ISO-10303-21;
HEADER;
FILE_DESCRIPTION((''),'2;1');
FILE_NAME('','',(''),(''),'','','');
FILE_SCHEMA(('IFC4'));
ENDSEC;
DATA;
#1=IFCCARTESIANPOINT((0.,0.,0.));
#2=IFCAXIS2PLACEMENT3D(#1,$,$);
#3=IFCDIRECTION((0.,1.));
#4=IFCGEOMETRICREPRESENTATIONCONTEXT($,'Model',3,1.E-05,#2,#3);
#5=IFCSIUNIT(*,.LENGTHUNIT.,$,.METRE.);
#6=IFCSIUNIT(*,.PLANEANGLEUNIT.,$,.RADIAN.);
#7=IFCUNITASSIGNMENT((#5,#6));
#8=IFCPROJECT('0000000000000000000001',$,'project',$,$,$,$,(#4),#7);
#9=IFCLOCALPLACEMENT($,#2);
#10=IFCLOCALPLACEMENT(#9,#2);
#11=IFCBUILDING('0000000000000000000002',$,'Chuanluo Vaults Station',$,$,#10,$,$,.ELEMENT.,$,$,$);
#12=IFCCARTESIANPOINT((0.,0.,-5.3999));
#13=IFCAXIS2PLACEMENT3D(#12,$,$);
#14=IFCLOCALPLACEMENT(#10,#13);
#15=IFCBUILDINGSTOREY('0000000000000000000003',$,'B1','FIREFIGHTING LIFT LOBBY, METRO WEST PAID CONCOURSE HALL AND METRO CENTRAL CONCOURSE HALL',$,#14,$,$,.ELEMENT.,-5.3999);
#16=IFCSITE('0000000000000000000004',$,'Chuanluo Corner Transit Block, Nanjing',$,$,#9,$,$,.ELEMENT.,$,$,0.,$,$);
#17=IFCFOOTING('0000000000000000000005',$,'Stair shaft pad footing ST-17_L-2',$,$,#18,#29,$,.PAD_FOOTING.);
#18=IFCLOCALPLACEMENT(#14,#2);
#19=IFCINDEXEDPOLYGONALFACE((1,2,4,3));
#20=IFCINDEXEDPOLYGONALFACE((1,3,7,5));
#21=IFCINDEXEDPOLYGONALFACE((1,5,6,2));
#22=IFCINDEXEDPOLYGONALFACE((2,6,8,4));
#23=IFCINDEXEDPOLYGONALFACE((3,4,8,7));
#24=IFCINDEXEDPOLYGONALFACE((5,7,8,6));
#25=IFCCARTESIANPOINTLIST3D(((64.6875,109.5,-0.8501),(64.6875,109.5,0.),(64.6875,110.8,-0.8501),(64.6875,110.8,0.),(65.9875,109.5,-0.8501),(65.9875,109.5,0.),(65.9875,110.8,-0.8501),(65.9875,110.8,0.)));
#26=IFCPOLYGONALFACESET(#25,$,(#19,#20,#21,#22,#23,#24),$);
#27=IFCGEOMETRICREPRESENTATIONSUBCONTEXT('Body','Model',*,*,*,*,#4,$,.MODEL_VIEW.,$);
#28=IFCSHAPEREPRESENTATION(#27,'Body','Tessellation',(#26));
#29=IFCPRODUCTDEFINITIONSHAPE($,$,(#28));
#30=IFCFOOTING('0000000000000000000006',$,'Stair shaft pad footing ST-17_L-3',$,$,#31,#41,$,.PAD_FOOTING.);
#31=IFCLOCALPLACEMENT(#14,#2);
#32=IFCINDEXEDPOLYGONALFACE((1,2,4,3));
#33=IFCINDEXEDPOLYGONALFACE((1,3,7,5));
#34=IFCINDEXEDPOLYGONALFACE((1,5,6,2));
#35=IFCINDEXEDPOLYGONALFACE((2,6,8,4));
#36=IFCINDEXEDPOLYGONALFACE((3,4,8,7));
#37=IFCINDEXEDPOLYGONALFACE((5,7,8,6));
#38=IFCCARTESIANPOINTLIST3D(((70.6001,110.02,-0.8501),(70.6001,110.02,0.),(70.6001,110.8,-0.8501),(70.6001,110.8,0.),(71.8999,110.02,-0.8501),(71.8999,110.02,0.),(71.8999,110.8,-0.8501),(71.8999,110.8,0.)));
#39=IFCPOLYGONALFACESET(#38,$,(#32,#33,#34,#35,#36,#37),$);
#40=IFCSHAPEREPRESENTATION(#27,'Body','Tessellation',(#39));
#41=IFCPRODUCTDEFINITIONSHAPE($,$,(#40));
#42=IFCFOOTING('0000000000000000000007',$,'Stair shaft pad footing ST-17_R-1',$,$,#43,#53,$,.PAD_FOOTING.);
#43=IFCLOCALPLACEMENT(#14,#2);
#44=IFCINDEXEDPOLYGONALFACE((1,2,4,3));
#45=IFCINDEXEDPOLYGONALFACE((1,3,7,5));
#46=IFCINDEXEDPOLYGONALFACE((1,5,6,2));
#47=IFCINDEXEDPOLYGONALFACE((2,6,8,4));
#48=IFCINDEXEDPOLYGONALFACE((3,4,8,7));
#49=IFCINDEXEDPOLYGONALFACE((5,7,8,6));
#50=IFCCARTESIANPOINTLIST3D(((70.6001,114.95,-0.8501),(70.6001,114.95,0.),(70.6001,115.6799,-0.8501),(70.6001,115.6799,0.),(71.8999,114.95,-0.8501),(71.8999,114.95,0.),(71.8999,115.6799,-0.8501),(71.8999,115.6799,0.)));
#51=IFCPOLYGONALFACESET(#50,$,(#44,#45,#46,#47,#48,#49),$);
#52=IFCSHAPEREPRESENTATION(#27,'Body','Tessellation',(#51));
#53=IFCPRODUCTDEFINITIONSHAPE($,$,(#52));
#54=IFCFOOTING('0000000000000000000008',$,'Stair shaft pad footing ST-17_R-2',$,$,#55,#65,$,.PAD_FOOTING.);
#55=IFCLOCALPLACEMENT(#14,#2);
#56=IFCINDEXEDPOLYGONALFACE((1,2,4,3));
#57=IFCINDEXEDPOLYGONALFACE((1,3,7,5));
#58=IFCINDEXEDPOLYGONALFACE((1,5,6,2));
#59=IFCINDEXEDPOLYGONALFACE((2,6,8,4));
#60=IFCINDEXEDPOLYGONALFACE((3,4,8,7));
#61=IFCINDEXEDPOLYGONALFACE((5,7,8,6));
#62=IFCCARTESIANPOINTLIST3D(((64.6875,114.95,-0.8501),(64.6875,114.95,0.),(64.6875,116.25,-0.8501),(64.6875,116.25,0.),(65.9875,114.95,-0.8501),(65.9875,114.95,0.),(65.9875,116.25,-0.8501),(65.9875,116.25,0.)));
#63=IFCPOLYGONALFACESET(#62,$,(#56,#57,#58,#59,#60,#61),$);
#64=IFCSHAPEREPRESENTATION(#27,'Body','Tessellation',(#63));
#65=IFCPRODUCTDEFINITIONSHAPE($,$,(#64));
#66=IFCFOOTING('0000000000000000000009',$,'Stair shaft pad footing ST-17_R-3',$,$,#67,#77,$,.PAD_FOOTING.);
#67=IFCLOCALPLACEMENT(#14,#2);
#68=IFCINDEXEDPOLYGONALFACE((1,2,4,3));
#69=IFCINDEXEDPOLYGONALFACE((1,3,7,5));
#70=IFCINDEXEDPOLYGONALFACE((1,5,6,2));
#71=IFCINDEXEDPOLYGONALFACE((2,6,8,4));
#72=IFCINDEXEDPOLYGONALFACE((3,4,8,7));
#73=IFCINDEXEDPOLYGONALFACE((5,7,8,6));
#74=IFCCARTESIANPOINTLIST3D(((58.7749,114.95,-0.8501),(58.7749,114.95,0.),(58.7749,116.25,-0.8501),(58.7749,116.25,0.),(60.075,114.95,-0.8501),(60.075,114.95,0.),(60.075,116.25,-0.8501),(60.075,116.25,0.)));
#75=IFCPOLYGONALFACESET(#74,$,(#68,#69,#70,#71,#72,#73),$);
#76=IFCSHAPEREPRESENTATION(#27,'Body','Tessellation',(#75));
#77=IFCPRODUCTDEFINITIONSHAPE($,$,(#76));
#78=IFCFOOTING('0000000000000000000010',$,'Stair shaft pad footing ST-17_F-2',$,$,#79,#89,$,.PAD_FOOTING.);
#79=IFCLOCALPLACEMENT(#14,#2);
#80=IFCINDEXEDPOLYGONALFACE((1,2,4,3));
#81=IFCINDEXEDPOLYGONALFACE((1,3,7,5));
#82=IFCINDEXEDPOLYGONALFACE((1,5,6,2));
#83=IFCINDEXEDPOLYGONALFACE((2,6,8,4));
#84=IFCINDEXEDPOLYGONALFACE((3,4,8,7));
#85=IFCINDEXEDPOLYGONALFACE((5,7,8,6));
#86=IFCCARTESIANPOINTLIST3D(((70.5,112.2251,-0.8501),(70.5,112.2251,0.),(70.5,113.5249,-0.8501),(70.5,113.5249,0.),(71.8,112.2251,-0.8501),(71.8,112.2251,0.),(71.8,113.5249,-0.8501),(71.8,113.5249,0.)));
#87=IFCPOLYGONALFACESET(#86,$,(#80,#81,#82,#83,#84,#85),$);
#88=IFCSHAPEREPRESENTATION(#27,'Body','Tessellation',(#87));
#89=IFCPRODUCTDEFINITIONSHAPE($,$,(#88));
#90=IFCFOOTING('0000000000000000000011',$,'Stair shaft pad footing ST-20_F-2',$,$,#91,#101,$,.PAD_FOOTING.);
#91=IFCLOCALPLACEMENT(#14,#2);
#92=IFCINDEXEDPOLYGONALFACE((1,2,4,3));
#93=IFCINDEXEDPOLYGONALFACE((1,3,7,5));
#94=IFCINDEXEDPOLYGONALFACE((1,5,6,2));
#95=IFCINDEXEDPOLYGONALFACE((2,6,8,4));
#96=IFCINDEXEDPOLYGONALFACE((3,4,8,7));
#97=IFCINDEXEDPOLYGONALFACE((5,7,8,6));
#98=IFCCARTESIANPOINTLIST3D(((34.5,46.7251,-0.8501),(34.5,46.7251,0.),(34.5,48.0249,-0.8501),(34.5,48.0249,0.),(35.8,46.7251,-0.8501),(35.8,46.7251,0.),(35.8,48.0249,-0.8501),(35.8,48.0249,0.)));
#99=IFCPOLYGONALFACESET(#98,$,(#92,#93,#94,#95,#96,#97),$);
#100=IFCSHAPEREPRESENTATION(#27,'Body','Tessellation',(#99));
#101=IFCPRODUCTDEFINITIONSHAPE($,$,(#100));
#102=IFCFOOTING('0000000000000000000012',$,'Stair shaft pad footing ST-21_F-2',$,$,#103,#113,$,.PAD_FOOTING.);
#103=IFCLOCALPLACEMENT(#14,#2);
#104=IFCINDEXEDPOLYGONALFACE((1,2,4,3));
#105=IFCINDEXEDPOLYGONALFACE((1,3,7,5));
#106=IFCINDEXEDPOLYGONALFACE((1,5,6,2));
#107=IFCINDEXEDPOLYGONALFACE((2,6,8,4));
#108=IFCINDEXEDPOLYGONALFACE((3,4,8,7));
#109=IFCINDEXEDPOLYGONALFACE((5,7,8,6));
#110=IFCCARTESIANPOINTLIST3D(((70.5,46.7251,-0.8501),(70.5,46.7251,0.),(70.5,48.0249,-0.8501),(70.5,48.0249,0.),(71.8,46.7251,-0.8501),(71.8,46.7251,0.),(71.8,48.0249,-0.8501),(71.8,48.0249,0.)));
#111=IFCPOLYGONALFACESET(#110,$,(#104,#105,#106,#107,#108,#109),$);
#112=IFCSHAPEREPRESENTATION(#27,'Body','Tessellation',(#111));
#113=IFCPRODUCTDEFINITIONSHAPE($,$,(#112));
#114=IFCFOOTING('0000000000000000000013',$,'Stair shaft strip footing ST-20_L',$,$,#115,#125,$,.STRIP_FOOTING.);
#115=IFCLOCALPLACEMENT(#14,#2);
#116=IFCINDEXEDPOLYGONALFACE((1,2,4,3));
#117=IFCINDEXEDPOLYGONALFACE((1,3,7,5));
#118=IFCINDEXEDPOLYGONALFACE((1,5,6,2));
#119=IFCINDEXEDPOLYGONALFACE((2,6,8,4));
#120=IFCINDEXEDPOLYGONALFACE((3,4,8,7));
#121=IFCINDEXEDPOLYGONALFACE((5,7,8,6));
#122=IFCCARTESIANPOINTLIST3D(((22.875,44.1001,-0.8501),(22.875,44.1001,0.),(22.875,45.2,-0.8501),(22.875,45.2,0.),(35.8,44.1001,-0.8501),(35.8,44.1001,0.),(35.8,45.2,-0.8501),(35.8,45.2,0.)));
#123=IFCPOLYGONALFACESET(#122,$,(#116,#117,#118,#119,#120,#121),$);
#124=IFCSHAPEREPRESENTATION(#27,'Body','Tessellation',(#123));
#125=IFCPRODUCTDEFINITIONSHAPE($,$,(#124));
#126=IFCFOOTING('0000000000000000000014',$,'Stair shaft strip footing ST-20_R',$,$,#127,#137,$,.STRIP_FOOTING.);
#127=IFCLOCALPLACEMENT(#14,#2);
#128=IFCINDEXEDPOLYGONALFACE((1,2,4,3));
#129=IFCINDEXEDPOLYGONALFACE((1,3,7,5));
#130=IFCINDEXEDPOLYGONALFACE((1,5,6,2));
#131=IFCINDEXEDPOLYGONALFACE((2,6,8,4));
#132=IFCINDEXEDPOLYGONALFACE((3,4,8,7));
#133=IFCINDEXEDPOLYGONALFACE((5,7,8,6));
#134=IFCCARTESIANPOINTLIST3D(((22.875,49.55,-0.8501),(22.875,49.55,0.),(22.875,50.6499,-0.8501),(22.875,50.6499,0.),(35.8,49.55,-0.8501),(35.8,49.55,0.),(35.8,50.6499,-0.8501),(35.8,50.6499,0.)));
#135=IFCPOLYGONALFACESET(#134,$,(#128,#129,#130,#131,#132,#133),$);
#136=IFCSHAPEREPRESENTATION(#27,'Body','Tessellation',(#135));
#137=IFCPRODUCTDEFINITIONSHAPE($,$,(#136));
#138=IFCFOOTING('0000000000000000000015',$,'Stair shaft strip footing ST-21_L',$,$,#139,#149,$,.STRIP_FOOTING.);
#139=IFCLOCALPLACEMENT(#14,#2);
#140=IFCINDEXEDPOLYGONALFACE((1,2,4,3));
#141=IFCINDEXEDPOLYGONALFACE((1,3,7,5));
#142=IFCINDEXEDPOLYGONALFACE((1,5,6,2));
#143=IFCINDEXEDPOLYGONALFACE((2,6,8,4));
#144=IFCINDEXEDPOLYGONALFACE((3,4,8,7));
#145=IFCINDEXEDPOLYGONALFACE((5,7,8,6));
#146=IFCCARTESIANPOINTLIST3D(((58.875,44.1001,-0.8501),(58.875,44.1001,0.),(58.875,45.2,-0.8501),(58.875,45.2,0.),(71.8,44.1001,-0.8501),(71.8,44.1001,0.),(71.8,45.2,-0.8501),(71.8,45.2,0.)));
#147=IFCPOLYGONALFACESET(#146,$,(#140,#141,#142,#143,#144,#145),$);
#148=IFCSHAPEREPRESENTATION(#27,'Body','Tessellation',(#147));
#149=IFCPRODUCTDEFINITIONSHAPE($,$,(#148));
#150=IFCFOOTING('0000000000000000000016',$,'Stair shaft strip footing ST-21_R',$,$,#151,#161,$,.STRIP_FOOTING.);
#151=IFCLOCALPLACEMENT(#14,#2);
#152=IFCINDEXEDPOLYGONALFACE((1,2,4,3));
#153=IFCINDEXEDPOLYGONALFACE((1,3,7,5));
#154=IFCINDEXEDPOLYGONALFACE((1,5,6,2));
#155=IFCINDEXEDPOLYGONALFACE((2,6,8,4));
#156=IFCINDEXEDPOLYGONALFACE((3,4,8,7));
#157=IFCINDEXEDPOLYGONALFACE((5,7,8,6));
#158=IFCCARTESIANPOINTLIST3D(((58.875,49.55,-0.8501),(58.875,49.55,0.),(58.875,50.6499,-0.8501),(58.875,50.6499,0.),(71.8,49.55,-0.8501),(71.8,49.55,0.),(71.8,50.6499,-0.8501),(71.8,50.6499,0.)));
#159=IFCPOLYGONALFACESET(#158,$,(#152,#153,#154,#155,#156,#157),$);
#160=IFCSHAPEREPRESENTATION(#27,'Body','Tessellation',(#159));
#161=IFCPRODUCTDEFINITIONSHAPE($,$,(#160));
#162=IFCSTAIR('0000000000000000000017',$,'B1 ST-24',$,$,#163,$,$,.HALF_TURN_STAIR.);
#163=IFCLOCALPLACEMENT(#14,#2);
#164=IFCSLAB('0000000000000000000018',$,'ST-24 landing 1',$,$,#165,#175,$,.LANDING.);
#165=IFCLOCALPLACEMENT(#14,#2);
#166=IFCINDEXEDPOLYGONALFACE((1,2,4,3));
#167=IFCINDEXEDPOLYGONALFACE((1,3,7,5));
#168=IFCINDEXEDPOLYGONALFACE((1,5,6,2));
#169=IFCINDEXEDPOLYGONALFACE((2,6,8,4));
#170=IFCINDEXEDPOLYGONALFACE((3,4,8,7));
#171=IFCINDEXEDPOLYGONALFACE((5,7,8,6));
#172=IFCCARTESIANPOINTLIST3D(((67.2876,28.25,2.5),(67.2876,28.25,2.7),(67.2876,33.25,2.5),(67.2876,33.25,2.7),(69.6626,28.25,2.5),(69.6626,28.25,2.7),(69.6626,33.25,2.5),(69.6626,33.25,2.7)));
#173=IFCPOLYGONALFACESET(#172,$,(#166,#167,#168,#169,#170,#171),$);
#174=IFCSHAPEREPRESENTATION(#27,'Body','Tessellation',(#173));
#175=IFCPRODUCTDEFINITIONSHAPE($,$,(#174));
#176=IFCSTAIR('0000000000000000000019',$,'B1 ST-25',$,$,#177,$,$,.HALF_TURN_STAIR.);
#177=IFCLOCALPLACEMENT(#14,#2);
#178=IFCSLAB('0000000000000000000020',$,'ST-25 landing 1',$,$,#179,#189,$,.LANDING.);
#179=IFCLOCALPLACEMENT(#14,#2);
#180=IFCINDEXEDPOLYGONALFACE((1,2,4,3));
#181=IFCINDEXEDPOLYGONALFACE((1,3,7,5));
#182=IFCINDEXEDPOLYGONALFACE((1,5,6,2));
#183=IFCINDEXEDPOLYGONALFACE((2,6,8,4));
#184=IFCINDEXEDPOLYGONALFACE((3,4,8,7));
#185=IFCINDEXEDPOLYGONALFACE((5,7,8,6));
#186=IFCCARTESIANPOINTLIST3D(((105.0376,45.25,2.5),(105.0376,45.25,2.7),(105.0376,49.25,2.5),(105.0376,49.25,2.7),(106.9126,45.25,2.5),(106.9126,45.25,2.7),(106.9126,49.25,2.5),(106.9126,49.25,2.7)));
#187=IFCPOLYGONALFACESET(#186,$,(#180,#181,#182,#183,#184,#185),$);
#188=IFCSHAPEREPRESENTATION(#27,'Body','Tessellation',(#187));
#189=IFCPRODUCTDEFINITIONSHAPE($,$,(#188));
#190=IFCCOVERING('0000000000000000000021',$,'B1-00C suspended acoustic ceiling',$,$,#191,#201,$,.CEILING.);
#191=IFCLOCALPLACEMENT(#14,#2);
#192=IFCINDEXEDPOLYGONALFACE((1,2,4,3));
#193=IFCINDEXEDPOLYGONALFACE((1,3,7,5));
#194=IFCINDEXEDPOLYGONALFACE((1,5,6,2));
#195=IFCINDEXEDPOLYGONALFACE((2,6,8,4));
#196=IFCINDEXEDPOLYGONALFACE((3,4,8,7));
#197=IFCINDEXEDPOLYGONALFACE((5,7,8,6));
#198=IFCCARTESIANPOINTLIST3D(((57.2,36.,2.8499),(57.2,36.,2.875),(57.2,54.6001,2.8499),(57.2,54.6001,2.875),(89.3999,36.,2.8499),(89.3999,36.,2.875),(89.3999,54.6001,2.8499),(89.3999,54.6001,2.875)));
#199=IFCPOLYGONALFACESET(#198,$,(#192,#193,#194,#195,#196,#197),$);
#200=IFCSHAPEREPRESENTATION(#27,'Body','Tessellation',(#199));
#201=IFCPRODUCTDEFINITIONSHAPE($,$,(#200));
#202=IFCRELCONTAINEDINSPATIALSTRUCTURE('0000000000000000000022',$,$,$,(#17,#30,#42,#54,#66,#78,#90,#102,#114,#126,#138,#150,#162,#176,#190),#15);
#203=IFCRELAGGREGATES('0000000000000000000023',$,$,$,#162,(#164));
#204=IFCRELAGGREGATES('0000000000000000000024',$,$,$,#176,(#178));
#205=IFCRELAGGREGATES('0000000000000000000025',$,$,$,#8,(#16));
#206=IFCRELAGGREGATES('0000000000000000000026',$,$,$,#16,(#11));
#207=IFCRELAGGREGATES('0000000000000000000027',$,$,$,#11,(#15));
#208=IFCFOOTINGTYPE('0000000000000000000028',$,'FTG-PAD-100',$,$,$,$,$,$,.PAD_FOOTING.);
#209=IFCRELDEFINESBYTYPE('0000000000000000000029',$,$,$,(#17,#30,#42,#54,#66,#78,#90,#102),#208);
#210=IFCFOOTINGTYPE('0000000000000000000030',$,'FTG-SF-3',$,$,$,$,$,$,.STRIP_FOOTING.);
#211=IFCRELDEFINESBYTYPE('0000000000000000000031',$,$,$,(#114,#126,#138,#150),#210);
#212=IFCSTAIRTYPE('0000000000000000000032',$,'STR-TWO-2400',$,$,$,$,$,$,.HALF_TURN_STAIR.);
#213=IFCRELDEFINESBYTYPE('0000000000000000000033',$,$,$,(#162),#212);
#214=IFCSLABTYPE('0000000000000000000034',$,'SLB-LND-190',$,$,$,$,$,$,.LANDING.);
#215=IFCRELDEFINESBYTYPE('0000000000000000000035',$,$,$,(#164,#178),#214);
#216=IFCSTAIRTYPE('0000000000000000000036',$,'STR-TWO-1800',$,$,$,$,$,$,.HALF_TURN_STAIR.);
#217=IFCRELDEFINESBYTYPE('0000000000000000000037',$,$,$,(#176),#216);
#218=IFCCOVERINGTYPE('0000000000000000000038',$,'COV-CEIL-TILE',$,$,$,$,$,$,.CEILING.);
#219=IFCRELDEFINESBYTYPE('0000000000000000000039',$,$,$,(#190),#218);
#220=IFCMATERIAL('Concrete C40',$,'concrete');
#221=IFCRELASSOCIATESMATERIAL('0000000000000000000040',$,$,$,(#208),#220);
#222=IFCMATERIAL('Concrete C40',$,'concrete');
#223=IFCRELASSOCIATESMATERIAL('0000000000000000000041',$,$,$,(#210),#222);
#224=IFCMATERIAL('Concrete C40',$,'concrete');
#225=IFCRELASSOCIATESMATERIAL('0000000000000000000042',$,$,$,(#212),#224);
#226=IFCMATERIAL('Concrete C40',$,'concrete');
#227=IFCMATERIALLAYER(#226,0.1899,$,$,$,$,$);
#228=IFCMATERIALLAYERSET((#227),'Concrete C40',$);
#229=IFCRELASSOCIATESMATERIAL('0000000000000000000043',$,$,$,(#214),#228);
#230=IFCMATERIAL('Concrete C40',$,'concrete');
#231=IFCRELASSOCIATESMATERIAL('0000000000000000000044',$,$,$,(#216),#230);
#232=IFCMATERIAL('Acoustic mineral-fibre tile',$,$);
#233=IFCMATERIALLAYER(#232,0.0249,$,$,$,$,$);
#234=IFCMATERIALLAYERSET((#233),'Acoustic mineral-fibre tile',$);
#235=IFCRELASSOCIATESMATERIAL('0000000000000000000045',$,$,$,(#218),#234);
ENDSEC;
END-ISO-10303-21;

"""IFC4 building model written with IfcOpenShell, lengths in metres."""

from ifc_helpers import new_model, si_unit, direction, frame, origin, place, context, subcontext, project, spatial, polyline, outline, extrude, material, layer, layer_set, type_object, element, aggregate, save


model = new_model("IFC4")

# Units and contexts
model_context = context("Model", 3, precision=1e-05, world=origin(), true_north=direction((0.0, 1.0)))
body_context = subcontext(model_context, "Body", "Model", "MODEL_VIEW")
ifc_project = project(units=[si_unit("LENGTHUNIT", "METRE"), si_unit("PLANEANGLEUNIT", "RADIAN")], contexts=[model_context])

# Site, building, storey
site_placement = place(None, origin())
site = spatial("IfcSite", under=ifc_project, at=site_placement, Name="Chuanluo Corner Transit Block, Nanjing", CompositionType="ELEMENT", RefElevation=0.0)
building_placement = place(site_placement, origin())
building = spatial("IfcBuilding", under=site, at=building_placement, Name="Chuanluo Vaults Station", CompositionType="ELEMENT")
storey_placement = place(building_placement, frame((0.0, 0.0, -5.3999)))
storey = spatial("IfcBuildingStorey", under=building, at=storey_placement, Name="B1", Description="FIREFIGHTING LIFT LOBBY, METRO WEST PAID CONCOURSE HALL AND METRO CENTRAL CONCOURSE HALL", CompositionType="ELEMENT", Elevation=-5.3999)

# Footings
ifc_material_1 = material(Name="Concrete C40", Category="concrete")
footing_type_1 = type_object("IfcFootingType", Name="FTG-PAD-100", PredefinedType="PAD_FOOTING", material=ifc_material_1)
footing_1_placement = place(storey_placement, frame((0.0, 0.0, -0.8501)))
element("IfcFooting", 1, at=footing_1_placement, inside=storey, type_object=footing_type_1, Name="Stair shaft pad footing ST-17_L-2", PredefinedType="PAD_FOOTING", context=body_context, shape_type="SweptSolid", body=[
    extrude(outline(polyline([(64.6875, 109.5), (65.9875, 109.5), (65.9875, 110.8), (64.6875, 110.8), (64.6875, 109.5)])), origin(), (0.0, 0.0, 1.0), 0.8501),
])
footing_2_placement = place(storey_placement, frame((0.0, 0.0, -0.8501)))
element("IfcFooting", 2, at=footing_2_placement, inside=storey, type_object=footing_type_1, Name="Stair shaft pad footing ST-17_L-3", PredefinedType="PAD_FOOTING", context=body_context, shape_type="SweptSolid", body=[
    extrude(outline(polyline([(70.6001, 110.02), (71.8999, 110.02), (71.8999, 110.8), (70.6001, 110.8), (70.6001, 110.02)])), origin(), (0.0, 0.0, 1.0), 0.8501),
])
footing_3_placement = place(storey_placement, frame((0.0, 0.0, -0.8501)))
element("IfcFooting", 3, at=footing_3_placement, inside=storey, type_object=footing_type_1, Name="Stair shaft pad footing ST-17_R-1", PredefinedType="PAD_FOOTING", context=body_context, shape_type="SweptSolid", body=[
    extrude(outline(polyline([(70.6001, 114.95), (71.8999, 114.95), (71.8999, 115.6799), (70.6001, 115.6799), (70.6001, 114.95)])), origin(), (0.0, 0.0, 1.0), 0.8501),
])
footing_4_placement = place(storey_placement, frame((0.0, 0.0, -0.8501)))
element("IfcFooting", 4, at=footing_4_placement, inside=storey, type_object=footing_type_1, Name="Stair shaft pad footing ST-17_R-2", PredefinedType="PAD_FOOTING", context=body_context, shape_type="SweptSolid", body=[
    extrude(outline(polyline([(64.6875, 114.95), (65.9875, 114.95), (65.9875, 116.25), (64.6875, 116.25), (64.6875, 114.95)])), origin(), (0.0, 0.0, 1.0), 0.8501),
])
footing_5_placement = place(storey_placement, frame((0.0, 0.0, -0.8501)))
element("IfcFooting", 5, at=footing_5_placement, inside=storey, type_object=footing_type_1, Name="Stair shaft pad footing ST-17_R-3", PredefinedType="PAD_FOOTING", context=body_context, shape_type="SweptSolid", body=[
    extrude(outline(polyline([(58.7749, 114.95), (60.075, 114.95), (60.075, 116.25), (58.7749, 116.25), (58.7749, 114.95)])), origin(), (0.0, 0.0, 1.0), 0.8501),
])
footing_6_placement = place(storey_placement, frame((0.0, 0.0, -0.8501)))
element("IfcFooting", 6, at=footing_6_placement, inside=storey, type_object=footing_type_1, Name="Stair shaft pad footing ST-17_F-2", PredefinedType="PAD_FOOTING", context=body_context, shape_type="SweptSolid", body=[
    extrude(outline(polyline([(70.5, 112.2251), (71.8, 112.2251), (71.8, 113.5249), (70.5, 113.5249), (70.5, 112.2251)])), origin(), (0.0, 0.0, 1.0), 0.8501),
])
footing_7_placement = place(storey_placement, frame((0.0, 0.0, -0.8501)))
element("IfcFooting", 7, at=footing_7_placement, inside=storey, type_object=footing_type_1, Name="Stair shaft pad footing ST-20_F-2", PredefinedType="PAD_FOOTING", context=body_context, shape_type="SweptSolid", body=[
    extrude(outline(polyline([(34.5, 46.7251), (35.8, 46.7251), (35.8, 48.0249), (34.5, 48.0249), (34.5, 46.7251)])), origin(), (0.0, 0.0, 1.0), 0.8501),
])
footing_8_placement = place(storey_placement, frame((0.0, 0.0, -0.8501)))
element("IfcFooting", 8, at=footing_8_placement, inside=storey, type_object=footing_type_1, Name="Stair shaft pad footing ST-21_F-2", PredefinedType="PAD_FOOTING", context=body_context, shape_type="SweptSolid", body=[
    extrude(outline(polyline([(70.5, 46.7251), (71.8, 46.7251), (71.8, 48.0249), (70.5, 48.0249), (70.5, 46.7251)])), origin(), (0.0, 0.0, 1.0), 0.8501),
])
ifc_material_2 = material(Name="Concrete C40", Category="concrete")
footing_type_2 = type_object("IfcFootingType", Name="FTG-SF-3", PredefinedType="STRIP_FOOTING", material=ifc_material_2)
footing_9_placement = place(storey_placement, frame((0.0, 0.0, -0.8501)))
element("IfcFooting", 9, at=footing_9_placement, inside=storey, type_object=footing_type_2, Name="Stair shaft strip footing ST-20_L", PredefinedType="STRIP_FOOTING", context=body_context, shape_type="SweptSolid", body=[
    extrude(outline(polyline([(22.875, 44.1001), (35.8, 44.1001), (35.8, 45.2), (22.875, 45.2), (22.875, 44.1001)])), origin(), (0.0, 0.0, 1.0), 0.8501),
])
footing_10_placement = place(storey_placement, frame((0.0, 0.0, -0.8501)))
element("IfcFooting", 10, at=footing_10_placement, inside=storey, type_object=footing_type_2, Name="Stair shaft strip footing ST-20_R", PredefinedType="STRIP_FOOTING", context=body_context, shape_type="SweptSolid", body=[
    extrude(outline(polyline([(22.875, 49.55), (35.8, 49.55), (35.8, 50.6499), (22.875, 50.6499), (22.875, 49.55)])), origin(), (0.0, 0.0, 1.0), 0.8501),
])
footing_11_placement = place(storey_placement, frame((0.0, 0.0, -0.8501)))
element("IfcFooting", 11, at=footing_11_placement, inside=storey, type_object=footing_type_2, Name="Stair shaft strip footing ST-21_L", PredefinedType="STRIP_FOOTING", context=body_context, shape_type="SweptSolid", body=[
    extrude(outline(polyline([(58.875, 44.1001), (71.8, 44.1001), (71.8, 45.2), (58.875, 45.2), (58.875, 44.1001)])), origin(), (0.0, 0.0, 1.0), 0.8501),
])
footing_12_placement = place(storey_placement, frame((0.0, 0.0, -0.8501)))
element("IfcFooting", 12, at=footing_12_placement, inside=storey, type_object=footing_type_2, Name="Stair shaft strip footing ST-21_R", PredefinedType="STRIP_FOOTING", context=body_context, shape_type="SweptSolid", body=[
    extrude(outline(polyline([(58.875, 49.55), (71.8, 49.55), (71.8, 50.6499), (58.875, 50.6499), (58.875, 49.55)])), origin(), (0.0, 0.0, 1.0), 0.8501),
])

# Stairs, slabs
ifc_material_3 = material(Name="Concrete C40", Category="concrete")
stair_type_1 = type_object("IfcStairType", Name="STR-TWO-2400", PredefinedType="HALF_TURN_STAIR", material=ifc_material_3)
stair_1_placement = place(storey_placement, origin())
stair_1 = element("IfcStair", 13, at=stair_1_placement, inside=storey, type_object=stair_type_1, Name="B1 ST-24", PredefinedType="HALF_TURN_STAIR")
ifc_material_4 = material(Name="Concrete C40", Category="concrete")
ifc_layer_1 = layer(ifc_material_4, 0.1899)
ifc_layer_set_1 = layer_set([ifc_layer_1], Name="Concrete C40")
slab_type = type_object("IfcSlabType", Name="SLB-LND-190", PredefinedType="LANDING", material=ifc_layer_set_1)
slab_1_placement = place(storey_placement, frame((0.0, 0.0, 2.5)))
slab_1 = element("IfcSlab", 14, at=slab_1_placement, type_object=slab_type, Name="ST-24 landing 1", PredefinedType="LANDING", context=body_context, shape_type="SweptSolid", body=[
    extrude(outline(polyline([(67.2876, 28.25), (69.6626, 28.25), (69.6626, 33.25), (67.2876, 33.25), (67.2876, 28.25)])), origin(), (0.0, 0.0, 1.0), 0.2),
])
aggregate(stair_1, [slab_1])
ifc_material_5 = material(Name="Concrete C40", Category="concrete")
stair_type_2 = type_object("IfcStairType", Name="STR-TWO-1800", PredefinedType="HALF_TURN_STAIR", material=ifc_material_5)
stair_2_placement = place(storey_placement, origin())
stair_2 = element("IfcStair", 15, at=stair_2_placement, inside=storey, type_object=stair_type_2, Name="B1 ST-25", PredefinedType="HALF_TURN_STAIR")
slab_2_placement = place(storey_placement, frame((0.0, 0.0, 2.5)))
slab_2 = element("IfcSlab", 16, at=slab_2_placement, type_object=slab_type, Name="ST-25 landing 1", PredefinedType="LANDING", context=body_context, shape_type="SweptSolid", body=[
    extrude(outline(polyline([(105.0376, 45.25), (106.9126, 45.25), (106.9126, 49.25), (105.0376, 49.25), (105.0376, 45.25)])), origin(), (0.0, 0.0, 1.0), 0.2),
])
aggregate(stair_2, [slab_2])

# Covering
ifc_material_6 = material(Name="Acoustic mineral-fibre tile")
ifc_layer_2 = layer(ifc_material_6, 0.0249)
ifc_layer_set_2 = layer_set([ifc_layer_2], Name="Acoustic mineral-fibre tile")
covering_type_1 = type_object("IfcCoveringType", Name="COV-CEIL-TILE", PredefinedType="CEILING", material=ifc_layer_set_2)
covering_1_placement = place(storey_placement, frame((0.0, 0.0, 2.8499)))
element("IfcCovering", 17, at=covering_1_placement, inside=storey, type_object=covering_type_1, Name="B1-00C suspended acoustic ceiling", PredefinedType="CEILING", context=body_context, shape_type="SweptSolid", body=[
    extrude(outline(polyline([(57.2, 36.0), (89.3999, 36.0), (89.3999, 54.6001), (57.2, 54.6001), (57.2, 36.0)])), origin(), (0.0, 0.0, 1.0), 0.0251),
])

save(model, "model.ifc")
